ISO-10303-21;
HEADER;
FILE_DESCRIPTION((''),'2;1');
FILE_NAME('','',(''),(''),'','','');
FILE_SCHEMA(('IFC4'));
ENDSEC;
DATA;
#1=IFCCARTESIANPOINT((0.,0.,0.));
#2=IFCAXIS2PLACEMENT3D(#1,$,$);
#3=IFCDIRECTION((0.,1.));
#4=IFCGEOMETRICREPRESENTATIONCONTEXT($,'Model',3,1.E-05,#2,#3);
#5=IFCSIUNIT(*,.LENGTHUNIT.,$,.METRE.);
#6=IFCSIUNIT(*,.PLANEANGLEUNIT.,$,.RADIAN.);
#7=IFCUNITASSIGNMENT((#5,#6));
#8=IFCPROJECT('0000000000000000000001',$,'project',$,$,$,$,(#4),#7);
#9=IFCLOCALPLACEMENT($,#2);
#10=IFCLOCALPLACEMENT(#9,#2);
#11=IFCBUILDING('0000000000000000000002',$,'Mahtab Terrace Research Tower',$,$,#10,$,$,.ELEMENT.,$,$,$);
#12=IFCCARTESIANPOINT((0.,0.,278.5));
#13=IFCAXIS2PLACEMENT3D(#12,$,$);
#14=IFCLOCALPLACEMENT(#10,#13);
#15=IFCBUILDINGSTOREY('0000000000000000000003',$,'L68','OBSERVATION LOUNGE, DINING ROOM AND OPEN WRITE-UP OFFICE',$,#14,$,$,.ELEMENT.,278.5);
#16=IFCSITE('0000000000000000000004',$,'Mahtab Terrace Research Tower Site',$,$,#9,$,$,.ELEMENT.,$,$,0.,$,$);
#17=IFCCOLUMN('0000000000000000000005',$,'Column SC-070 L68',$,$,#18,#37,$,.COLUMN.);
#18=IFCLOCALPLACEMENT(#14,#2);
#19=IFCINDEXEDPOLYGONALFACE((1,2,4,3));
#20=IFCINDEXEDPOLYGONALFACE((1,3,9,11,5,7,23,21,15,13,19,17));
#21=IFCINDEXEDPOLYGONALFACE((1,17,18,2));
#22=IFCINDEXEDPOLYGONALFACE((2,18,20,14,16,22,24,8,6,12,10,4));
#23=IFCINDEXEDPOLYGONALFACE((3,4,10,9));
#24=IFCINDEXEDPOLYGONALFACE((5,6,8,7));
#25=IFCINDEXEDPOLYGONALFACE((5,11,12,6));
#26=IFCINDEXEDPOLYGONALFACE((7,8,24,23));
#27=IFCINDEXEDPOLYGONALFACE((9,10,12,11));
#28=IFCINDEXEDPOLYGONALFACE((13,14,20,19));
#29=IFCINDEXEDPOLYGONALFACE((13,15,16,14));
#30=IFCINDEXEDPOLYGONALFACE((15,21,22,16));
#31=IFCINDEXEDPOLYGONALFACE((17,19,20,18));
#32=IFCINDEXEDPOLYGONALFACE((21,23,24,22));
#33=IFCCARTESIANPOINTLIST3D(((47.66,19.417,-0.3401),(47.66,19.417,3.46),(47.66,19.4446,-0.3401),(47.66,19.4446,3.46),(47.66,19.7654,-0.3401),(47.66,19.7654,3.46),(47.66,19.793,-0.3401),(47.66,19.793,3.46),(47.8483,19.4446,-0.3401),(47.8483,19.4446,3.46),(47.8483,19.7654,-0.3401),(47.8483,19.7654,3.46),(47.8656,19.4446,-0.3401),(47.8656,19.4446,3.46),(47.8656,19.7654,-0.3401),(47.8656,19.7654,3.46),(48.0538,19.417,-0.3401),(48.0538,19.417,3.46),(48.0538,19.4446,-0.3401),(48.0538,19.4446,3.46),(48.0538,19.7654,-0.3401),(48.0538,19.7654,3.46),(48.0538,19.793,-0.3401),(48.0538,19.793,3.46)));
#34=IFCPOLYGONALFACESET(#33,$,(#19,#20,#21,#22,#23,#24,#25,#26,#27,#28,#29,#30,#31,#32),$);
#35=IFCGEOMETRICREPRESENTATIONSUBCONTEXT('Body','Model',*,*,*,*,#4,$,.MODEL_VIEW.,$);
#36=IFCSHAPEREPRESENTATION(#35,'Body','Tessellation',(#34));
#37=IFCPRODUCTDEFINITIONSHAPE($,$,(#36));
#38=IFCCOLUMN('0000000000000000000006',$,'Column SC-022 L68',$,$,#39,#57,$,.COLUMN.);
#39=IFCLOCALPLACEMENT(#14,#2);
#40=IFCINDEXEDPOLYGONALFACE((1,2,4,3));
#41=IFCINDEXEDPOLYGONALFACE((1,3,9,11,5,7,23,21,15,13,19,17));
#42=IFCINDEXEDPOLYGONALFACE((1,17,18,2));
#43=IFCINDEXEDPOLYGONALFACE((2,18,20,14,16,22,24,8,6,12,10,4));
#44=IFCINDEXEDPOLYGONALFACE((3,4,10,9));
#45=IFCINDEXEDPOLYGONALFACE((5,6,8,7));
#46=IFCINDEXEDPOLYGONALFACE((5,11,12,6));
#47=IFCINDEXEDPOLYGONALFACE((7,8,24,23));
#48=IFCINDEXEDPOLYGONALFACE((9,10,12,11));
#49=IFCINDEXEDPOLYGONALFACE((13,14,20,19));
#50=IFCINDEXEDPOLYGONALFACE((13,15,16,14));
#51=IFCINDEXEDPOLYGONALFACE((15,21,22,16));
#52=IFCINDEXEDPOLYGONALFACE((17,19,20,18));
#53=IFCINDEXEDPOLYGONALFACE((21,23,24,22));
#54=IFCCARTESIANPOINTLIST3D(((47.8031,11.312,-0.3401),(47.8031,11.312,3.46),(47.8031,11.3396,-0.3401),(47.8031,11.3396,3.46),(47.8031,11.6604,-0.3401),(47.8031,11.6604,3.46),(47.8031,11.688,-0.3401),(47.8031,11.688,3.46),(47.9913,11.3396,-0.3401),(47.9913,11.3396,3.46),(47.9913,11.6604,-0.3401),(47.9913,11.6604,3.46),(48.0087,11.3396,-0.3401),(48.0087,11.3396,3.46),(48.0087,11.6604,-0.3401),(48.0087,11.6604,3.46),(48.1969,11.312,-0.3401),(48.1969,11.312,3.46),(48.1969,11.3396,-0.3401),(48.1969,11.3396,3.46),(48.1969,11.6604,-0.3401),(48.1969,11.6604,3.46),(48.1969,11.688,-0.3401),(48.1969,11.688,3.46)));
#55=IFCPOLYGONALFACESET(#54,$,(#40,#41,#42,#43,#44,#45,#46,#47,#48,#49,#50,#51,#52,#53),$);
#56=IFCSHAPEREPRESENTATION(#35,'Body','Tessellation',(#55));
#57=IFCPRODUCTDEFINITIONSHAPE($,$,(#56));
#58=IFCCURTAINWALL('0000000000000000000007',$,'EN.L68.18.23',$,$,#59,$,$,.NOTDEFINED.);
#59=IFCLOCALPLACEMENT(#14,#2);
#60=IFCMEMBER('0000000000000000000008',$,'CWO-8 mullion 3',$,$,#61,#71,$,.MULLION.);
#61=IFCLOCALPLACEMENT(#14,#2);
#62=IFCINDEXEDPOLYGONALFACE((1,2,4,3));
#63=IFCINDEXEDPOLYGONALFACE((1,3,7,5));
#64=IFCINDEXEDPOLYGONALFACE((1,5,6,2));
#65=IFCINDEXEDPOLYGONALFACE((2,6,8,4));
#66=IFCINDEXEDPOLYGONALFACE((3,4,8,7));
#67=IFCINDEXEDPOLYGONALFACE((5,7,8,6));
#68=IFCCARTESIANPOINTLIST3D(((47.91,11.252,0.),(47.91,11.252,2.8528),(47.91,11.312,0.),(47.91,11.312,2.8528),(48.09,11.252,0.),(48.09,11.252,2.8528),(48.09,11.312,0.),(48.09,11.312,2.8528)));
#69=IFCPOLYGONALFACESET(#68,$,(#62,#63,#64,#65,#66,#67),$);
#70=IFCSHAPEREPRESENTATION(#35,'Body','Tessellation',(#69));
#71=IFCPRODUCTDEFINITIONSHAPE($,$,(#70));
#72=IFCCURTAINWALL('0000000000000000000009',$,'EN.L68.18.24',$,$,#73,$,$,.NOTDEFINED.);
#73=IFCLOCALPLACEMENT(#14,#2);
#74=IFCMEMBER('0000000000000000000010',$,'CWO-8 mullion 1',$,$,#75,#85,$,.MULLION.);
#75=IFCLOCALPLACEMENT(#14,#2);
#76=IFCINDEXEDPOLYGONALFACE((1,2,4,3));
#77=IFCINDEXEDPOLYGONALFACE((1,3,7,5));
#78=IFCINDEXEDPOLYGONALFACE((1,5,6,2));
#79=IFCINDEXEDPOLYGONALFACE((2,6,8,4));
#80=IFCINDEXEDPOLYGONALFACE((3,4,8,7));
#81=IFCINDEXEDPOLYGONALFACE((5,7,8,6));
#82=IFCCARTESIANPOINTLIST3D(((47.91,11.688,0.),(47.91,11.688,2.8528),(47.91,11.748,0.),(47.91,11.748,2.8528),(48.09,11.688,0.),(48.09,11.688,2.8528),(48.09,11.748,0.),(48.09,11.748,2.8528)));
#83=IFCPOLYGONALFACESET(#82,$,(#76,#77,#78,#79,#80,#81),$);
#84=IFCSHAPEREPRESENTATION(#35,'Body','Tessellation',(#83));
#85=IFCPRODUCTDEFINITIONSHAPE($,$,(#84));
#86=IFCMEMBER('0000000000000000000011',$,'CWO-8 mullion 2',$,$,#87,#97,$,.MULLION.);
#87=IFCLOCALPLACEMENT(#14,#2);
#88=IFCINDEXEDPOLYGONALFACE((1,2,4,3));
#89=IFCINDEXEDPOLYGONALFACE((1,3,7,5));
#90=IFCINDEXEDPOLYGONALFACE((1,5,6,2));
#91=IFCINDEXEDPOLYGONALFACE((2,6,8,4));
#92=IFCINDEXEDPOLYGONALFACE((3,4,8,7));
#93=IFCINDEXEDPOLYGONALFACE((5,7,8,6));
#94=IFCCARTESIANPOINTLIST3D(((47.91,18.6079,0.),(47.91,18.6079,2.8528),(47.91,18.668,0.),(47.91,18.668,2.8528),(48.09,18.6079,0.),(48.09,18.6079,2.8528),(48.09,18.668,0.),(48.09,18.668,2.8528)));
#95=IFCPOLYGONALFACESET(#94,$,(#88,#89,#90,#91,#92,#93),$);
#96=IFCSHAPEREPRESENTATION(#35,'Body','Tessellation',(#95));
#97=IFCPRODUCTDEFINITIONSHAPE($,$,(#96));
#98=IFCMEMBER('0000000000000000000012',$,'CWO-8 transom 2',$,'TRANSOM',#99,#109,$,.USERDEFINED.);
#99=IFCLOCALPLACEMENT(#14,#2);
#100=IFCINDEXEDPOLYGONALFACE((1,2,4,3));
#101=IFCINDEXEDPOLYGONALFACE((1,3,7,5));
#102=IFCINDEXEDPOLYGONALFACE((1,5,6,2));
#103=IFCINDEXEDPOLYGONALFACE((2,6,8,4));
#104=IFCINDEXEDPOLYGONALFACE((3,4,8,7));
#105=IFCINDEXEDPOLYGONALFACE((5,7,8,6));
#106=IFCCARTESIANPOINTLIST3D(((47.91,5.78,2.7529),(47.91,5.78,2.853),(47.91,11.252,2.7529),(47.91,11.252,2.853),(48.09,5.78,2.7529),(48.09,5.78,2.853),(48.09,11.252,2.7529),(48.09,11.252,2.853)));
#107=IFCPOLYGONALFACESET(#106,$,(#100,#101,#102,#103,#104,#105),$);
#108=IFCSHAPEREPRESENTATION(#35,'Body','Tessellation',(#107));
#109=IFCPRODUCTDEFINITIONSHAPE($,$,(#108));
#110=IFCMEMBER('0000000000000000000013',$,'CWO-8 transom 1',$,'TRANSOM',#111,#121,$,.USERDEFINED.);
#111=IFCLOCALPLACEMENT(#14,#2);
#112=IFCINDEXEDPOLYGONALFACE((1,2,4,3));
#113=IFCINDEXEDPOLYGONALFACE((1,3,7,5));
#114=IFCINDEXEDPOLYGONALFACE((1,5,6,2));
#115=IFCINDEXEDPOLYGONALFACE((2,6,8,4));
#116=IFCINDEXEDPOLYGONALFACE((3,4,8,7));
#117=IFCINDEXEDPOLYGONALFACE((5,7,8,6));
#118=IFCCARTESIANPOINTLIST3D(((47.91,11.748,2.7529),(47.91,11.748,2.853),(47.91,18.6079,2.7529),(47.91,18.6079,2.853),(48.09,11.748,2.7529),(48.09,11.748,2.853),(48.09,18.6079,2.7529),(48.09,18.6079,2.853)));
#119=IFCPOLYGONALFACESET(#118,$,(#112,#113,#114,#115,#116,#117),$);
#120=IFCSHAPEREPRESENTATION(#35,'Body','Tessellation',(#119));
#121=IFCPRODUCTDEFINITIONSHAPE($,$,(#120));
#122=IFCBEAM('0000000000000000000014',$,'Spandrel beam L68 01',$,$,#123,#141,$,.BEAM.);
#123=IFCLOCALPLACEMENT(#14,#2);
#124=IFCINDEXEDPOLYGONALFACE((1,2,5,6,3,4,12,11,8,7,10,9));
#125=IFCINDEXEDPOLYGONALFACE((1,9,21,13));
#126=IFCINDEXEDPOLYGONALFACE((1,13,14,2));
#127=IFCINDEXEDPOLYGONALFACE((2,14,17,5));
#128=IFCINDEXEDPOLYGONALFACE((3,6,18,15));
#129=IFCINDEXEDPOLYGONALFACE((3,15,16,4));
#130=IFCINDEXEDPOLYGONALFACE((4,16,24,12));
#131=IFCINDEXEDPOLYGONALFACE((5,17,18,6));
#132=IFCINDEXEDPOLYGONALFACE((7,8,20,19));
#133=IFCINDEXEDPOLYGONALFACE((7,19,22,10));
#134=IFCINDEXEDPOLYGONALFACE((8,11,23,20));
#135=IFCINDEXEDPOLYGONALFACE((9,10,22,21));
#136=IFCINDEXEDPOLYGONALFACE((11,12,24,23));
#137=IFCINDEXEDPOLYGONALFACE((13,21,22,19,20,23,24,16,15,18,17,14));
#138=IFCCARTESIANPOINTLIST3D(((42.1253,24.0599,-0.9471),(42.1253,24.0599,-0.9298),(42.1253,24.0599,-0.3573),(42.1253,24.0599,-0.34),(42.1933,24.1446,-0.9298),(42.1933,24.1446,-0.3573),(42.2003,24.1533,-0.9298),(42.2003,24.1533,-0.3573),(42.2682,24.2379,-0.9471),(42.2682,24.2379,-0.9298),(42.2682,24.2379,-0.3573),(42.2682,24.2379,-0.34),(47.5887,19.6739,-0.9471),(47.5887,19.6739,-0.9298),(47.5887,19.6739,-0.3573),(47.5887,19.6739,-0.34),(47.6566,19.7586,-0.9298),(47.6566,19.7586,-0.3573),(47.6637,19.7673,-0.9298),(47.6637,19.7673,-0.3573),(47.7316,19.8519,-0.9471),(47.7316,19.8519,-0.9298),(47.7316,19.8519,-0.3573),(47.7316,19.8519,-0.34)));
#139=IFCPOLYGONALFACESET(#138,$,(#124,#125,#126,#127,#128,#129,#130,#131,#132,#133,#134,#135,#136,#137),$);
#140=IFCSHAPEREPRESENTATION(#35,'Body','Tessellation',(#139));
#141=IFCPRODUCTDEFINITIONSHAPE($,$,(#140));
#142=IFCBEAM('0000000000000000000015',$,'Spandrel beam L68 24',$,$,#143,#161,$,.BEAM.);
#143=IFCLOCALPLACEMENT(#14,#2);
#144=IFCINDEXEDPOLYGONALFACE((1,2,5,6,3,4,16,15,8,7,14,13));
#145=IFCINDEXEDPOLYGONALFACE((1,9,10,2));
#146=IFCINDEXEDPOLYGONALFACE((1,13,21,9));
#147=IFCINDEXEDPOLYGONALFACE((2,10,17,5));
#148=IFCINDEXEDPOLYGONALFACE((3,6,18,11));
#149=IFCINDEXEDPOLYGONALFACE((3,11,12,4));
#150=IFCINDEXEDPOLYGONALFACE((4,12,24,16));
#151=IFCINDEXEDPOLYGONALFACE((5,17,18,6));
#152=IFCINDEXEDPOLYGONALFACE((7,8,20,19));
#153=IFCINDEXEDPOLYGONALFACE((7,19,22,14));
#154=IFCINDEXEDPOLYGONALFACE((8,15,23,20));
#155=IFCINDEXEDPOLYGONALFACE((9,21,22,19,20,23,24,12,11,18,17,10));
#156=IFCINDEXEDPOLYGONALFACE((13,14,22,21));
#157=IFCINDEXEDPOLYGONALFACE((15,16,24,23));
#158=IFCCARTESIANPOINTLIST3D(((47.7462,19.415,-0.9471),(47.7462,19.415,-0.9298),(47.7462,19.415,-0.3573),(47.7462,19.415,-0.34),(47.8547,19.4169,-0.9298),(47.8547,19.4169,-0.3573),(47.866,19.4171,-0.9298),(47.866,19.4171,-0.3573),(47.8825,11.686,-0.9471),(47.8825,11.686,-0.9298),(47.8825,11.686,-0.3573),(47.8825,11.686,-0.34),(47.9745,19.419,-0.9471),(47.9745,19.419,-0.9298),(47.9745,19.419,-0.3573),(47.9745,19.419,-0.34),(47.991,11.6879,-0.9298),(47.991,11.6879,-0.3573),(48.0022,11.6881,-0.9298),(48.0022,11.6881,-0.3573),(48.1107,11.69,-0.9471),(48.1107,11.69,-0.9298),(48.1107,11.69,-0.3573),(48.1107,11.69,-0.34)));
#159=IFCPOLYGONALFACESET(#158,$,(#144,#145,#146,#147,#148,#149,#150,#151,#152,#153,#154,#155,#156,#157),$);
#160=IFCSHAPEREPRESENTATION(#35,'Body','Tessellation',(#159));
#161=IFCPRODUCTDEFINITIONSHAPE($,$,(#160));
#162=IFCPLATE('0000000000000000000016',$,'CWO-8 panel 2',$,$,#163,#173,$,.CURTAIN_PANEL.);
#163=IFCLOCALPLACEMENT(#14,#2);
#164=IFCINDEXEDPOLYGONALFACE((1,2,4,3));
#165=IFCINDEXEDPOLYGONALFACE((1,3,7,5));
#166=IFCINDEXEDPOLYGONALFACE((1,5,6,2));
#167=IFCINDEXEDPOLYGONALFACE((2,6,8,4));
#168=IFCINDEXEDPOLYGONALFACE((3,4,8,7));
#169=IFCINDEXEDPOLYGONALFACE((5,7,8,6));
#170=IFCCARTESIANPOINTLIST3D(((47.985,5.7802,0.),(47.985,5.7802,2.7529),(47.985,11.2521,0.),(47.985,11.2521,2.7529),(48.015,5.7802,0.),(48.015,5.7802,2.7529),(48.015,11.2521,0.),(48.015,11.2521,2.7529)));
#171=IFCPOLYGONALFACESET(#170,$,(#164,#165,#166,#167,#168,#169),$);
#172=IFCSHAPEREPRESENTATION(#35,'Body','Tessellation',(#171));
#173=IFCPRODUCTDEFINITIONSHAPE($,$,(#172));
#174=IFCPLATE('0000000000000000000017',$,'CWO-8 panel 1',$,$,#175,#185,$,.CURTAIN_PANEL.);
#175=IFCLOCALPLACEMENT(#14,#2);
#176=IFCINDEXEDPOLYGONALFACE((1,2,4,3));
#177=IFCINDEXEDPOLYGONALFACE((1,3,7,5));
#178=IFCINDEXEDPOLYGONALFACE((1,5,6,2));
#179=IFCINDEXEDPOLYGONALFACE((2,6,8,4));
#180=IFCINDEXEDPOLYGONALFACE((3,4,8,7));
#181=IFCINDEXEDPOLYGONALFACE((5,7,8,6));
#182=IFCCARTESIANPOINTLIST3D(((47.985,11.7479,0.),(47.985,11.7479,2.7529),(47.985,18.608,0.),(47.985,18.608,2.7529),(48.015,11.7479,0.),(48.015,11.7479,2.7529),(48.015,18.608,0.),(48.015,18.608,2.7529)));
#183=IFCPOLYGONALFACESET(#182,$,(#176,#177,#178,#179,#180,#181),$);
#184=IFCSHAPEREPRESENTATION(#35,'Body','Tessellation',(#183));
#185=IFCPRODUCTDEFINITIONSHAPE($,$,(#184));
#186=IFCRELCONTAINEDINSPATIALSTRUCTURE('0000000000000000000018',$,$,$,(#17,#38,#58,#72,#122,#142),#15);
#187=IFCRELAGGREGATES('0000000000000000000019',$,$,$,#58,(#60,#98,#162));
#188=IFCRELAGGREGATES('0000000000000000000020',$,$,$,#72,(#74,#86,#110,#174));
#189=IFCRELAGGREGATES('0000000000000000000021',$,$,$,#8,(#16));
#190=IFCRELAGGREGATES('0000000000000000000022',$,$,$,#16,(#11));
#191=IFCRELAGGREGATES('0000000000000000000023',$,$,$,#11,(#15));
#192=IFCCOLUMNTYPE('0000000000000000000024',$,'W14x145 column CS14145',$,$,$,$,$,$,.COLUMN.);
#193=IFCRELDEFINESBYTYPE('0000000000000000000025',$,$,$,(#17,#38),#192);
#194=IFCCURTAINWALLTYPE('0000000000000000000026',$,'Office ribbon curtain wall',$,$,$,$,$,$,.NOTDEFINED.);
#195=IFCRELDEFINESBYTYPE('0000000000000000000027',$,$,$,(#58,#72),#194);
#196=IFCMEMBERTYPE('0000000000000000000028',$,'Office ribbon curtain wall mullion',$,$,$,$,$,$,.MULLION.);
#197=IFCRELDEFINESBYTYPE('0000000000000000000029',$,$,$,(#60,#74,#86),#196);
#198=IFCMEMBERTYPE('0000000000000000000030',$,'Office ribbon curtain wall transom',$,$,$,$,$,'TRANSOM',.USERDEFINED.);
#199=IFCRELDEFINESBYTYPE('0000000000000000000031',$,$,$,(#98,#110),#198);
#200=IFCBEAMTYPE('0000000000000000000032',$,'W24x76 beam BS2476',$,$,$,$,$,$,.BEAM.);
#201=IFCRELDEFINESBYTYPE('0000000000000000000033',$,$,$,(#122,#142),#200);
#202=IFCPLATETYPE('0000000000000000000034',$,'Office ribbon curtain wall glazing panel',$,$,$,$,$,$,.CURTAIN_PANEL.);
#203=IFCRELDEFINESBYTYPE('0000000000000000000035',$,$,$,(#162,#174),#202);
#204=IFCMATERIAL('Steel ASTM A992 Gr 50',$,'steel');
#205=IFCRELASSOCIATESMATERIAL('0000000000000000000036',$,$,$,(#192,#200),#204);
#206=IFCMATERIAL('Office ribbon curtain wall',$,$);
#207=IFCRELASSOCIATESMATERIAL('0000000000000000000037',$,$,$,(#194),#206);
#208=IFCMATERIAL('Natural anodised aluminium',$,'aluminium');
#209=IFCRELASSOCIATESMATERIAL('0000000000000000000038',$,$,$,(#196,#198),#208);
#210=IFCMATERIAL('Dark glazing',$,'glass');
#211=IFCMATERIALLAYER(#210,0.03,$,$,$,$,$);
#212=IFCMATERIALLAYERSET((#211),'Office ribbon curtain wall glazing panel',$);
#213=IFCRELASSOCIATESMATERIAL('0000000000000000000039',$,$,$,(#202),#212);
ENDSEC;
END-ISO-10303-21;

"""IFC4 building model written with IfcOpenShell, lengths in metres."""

from ifc_helpers import new_model, si_unit, direction, frame, origin, origin_2d, place, context, subcontext, project, spatial, rectangle, i_section, extrude, material, layer, layer_set, material_profile, profile_set, type_object, element, aggregate, save


model = new_model("IFC4")

# Units and contexts
model_context = context("Model", 3, precision=1e-05, world=origin(), true_north=direction((0.0, 1.0)))
body_context = subcontext(model_context, "Body", "Model", "MODEL_VIEW")
ifc_project = project(units=[si_unit("LENGTHUNIT", "METRE"), si_unit("PLANEANGLEUNIT", "RADIAN")], contexts=[model_context])

# Site, building, storey
site_placement = place(None, origin())
site = spatial("IfcSite", under=ifc_project, at=site_placement, Name="Mahtab Terrace Research Tower Site", CompositionType="ELEMENT", RefElevation=0.0)
building_placement = place(site_placement, origin())
building = spatial("IfcBuilding", under=site, at=building_placement, Name="Mahtab Terrace Research Tower", CompositionType="ELEMENT")
storey_placement = place(building_placement, frame((0.0, 0.0, 278.5)))
storey = spatial("IfcBuildingStorey", under=building, at=storey_placement, Name="L68", Description="OBSERVATION LOUNGE, DINING ROOM AND OPEN WRITE-UP OFFICE", CompositionType="ELEMENT", Elevation=278.5)

# Columns
ifc_material_1 = material(Name="Steel ASTM A992 Gr 50", Category="steel")
ifc_material_profile_1 = material_profile(ifc_material_1, i_section(OverallWidth=0.3938, OverallDepth=0.376, WebThickness=0.0173, FlangeThickness=0.0276, at=origin_2d()), Name="W14X145")
ifc_profile_set_1 = profile_set([ifc_material_profile_1], Name="Steel ASTM A992 Gr 50")
column_type = type_object("IfcColumnType", Name="W14x145 column CS14145", PredefinedType="COLUMN", material=ifc_profile_set_1)
for number, where, z_axis, x_axis, name in (
    (1, (47.8569, 19.605, -0.3401), (0.0, 0.0, 1.0), (1.0, 0.0, 0.0), "Column SC-070 L68"),
    (2, (48.0, 11.5, -0.3401), (0.0, 0.0, 1.0), (1.0, 0.0, 0.0), "Column SC-022 L68"),
):
    element("IfcColumn", number, at=place(storey_placement, frame(where, z_axis=z_axis, x_axis=x_axis)), inside=storey, type_object=column_type, Name=name, PredefinedType="COLUMN", context=body_context, shape_type="SweptSolid", body=[
        extrude(i_section(OverallWidth=0.3938, OverallDepth=0.376, WebThickness=0.0173, FlangeThickness=0.0276, at=origin_2d()), origin(), (0.0, 0.0, 1.0), 3.8),
    ])

# Curtain wall, member
ifc_material_2 = material(Name="Office ribbon curtain wall")
curtain_wall_type = type_object("IfcCurtainWallType", Name="Office ribbon curtain wall", PredefinedType="NOTDEFINED", material=ifc_material_2)
curtain_wall_1_placement = place(storey_placement, origin())
curtain_wall_1 = element("IfcCurtainWall", 3, at=curtain_wall_1_placement, inside=storey, type_object=curtain_wall_type, Name="EN.L68.18.23", PredefinedType="NOTDEFINED")
ifc_material_3 = material(Name="Natural anodised aluminium", Category="aluminium")
ifc_material_profile_2 = material_profile(ifc_material_3, rectangle(XDim=0.1799, YDim=0.0601, at=origin_2d()), Name="MULLION 60x180")
ifc_profile_set_2 = profile_set([ifc_material_profile_2], Name="Natural anodised aluminium")
member_type_1 = type_object("IfcMemberType", Name="Office ribbon curtain wall mullion", PredefinedType="MULLION", material=ifc_profile_set_2)
member_1_placement = place(storey_placement, frame((48.0, 11.282, 0.0), z_axis=(0.0, 0.0, 1.0), x_axis=(-1.0, 0.0, 0.0)))
member_1 = element("IfcMember", 4, at=member_1_placement, type_object=member_type_1, Name="CWO-8 mullion 3", PredefinedType="MULLION", context=body_context, shape_type="SweptSolid", body=[
    extrude(rectangle(XDim=0.1799, YDim=0.0601, at=origin_2d()), origin(), (0.0, 0.0, 1.0), 2.8528),
])

# Curtain wall, members
curtain_wall_2_placement = place(storey_placement, origin())
curtain_wall_2 = element("IfcCurtainWall", 5, at=curtain_wall_2_placement, inside=storey, type_object=curtain_wall_type, Name="EN.L68.18.24", PredefinedType="NOTDEFINED")
member_2_placement = place(storey_placement, frame((48.0, 11.718, 0.0), z_axis=(0.0, 0.0, 1.0), x_axis=(-1.0, 0.0, 0.0)))
member_2 = element("IfcMember", 6, at=member_2_placement, type_object=member_type_1, Name="CWO-8 mullion 1", PredefinedType="MULLION", context=body_context, shape_type="SweptSolid", body=[
    extrude(rectangle(XDim=0.1799, YDim=0.0601, at=origin_2d()), origin(), (0.0, 0.0, 1.0), 2.8528),
])
member_3_placement = place(storey_placement, frame((48.0, 18.6379, 0.0), z_axis=(0.0, 0.0, 1.0), x_axis=(-1.0, 0.0, 0.0)))
member_3 = element("IfcMember", 7, at=member_3_placement, type_object=member_type_1, Name="CWO-8 mullion 2", PredefinedType="MULLION", context=body_context, shape_type="SweptSolid", body=[
    extrude(rectangle(XDim=0.1799, YDim=0.0601, at=origin_2d()), origin(), (0.0, 0.0, 1.0), 2.8528),
])

# Members
ifc_material_profile_3 = material_profile(ifc_material_3, rectangle(XDim=0.1799, YDim=0.1001, at=origin_2d()), Name="TRANSOM 100x180")
ifc_profile_set_3 = profile_set([ifc_material_profile_3], Name="Natural anodised aluminium")
member_type_2 = type_object("IfcMemberType", Name="Office ribbon curtain wall transom", ElementType="TRANSOM", PredefinedType="USERDEFINED", material=ifc_profile_set_3)
member_4_placement = place(storey_placement, frame((48.0, 5.78, 2.803), z_axis=(0.0, 1.0, 0.0), x_axis=(-1.0, 0.0, 0.0)))
member_4 = element("IfcMember", 8, at=member_4_placement, type_object=member_type_2, Name="CWO-8 transom 2", ObjectType="TRANSOM", PredefinedType="USERDEFINED", context=body_context, shape_type="SweptSolid", body=[
    extrude(rectangle(XDim=0.1799, YDim=0.1001, at=origin_2d()), origin(), (0.0, 0.0, 1.0), 5.4719),
])
member_5_placement = place(storey_placement, frame((48.0, 11.748, 2.803), z_axis=(0.0, 1.0, 0.0), x_axis=(-1.0, 0.0, 0.0)))
member_5 = element("IfcMember", 9, at=member_5_placement, type_object=member_type_2, Name="CWO-8 transom 1", ObjectType="TRANSOM", PredefinedType="USERDEFINED", context=body_context, shape_type="SweptSolid", body=[
    extrude(rectangle(XDim=0.1799, YDim=0.1001, at=origin_2d()), origin(), (0.0, 0.0, 1.0), 6.8599),
])

# Beams
ifc_material_profile_4 = material_profile(ifc_material_1, i_section(OverallWidth=0.2283, OverallDepth=0.6072, WebThickness=0.0112, FlangeThickness=0.0173, at=origin_2d()), Name="W24X76")
ifc_profile_set_4 = profile_set([ifc_material_profile_4], Name="Steel ASTM A992 Gr 50")
beam_type = type_object("IfcBeamType", Name="W24x76 beam BS2476", PredefinedType="BEAM", material=ifc_profile_set_4)
beam_1_placement = place(storey_placement, frame((47.6602, 19.7629, -0.6436), z_axis=(-0.779804, 0.626024, 0.0), x_axis=(-0.626024, -0.779804, 0.0)))
element("IfcBeam", 10, at=beam_1_placement, inside=storey, type_object=beam_type, Name="Spandrel beam L68 01", PredefinedType="BEAM", context=body_context, shape_type="SweptSolid", body=[
    extrude(i_section(OverallWidth=0.2283, OverallDepth=0.6072, WebThickness=0.0112, FlangeThickness=0.0173, at=origin_2d()), origin(), (0.0, 0.0, 1.0), 7.0061),
])
beam_2_placement = place(storey_placement, frame((47.9966, 11.688, -0.6436), z_axis=(-0.017623, 0.999845, 0.0), x_axis=(-0.999845, -0.017623, 0.0)))
element("IfcBeam", 11, at=beam_2_placement, inside=storey, type_object=beam_type, Name="Spandrel beam L68 24", PredefinedType="BEAM", context=body_context, shape_type="SweptSolid", body=[
    extrude(i_section(OverallWidth=0.2283, OverallDepth=0.6072, WebThickness=0.0112, FlangeThickness=0.0173, at=origin_2d()), origin(), (0.0, 0.0, 1.0), 7.7302),
])

# Plates
ifc_material_4 = material(Name="Dark glazing", Category="glass")
ifc_layer_1 = layer(ifc_material_4, 0.03)
ifc_layer_set_1 = layer_set([ifc_layer_1], Name="Office ribbon curtain wall glazing panel")
plate_type = type_object("IfcPlateType", Name="Office ribbon curtain wall glazing panel", PredefinedType="CURTAIN_PANEL", material=ifc_layer_set_1)
plate_1_placement = place(storey_placement, frame((48.0, 8.5161, 0.0), z_axis=(0.0, 0.0, 1.0), x_axis=(0.0, 1.0, 0.0)))
plate_1 = element("IfcPlate", 12, at=plate_1_placement, type_object=plate_type, Name="CWO-8 panel 2", PredefinedType="CURTAIN_PANEL", context=body_context, shape_type="SweptSolid", body=[
    extrude(rectangle(XDim=5.4719, YDim=0.03, at=origin_2d()), origin(), (0.0, 0.0, 1.0), 2.7529),
])
aggregate(curtain_wall_1, [member_1, member_4, plate_1])
plate_2_placement = place(storey_placement, frame((48.0, 15.178, 0.0), z_axis=(0.0, 0.0, 1.0), x_axis=(0.0, 1.0, 0.0)))
plate_2 = element("IfcPlate", 13, at=plate_2_placement, type_object=plate_type, Name="CWO-8 panel 1", PredefinedType="CURTAIN_PANEL", context=body_context, shape_type="SweptSolid", body=[
    extrude(rectangle(XDim=6.8601, YDim=0.03, at=origin_2d()), origin(), (0.0, 0.0, 1.0), 2.7529),
])
aggregate(curtain_wall_2, [member_2, member_3, member_5, plate_2])

save(model, "model.ifc")
